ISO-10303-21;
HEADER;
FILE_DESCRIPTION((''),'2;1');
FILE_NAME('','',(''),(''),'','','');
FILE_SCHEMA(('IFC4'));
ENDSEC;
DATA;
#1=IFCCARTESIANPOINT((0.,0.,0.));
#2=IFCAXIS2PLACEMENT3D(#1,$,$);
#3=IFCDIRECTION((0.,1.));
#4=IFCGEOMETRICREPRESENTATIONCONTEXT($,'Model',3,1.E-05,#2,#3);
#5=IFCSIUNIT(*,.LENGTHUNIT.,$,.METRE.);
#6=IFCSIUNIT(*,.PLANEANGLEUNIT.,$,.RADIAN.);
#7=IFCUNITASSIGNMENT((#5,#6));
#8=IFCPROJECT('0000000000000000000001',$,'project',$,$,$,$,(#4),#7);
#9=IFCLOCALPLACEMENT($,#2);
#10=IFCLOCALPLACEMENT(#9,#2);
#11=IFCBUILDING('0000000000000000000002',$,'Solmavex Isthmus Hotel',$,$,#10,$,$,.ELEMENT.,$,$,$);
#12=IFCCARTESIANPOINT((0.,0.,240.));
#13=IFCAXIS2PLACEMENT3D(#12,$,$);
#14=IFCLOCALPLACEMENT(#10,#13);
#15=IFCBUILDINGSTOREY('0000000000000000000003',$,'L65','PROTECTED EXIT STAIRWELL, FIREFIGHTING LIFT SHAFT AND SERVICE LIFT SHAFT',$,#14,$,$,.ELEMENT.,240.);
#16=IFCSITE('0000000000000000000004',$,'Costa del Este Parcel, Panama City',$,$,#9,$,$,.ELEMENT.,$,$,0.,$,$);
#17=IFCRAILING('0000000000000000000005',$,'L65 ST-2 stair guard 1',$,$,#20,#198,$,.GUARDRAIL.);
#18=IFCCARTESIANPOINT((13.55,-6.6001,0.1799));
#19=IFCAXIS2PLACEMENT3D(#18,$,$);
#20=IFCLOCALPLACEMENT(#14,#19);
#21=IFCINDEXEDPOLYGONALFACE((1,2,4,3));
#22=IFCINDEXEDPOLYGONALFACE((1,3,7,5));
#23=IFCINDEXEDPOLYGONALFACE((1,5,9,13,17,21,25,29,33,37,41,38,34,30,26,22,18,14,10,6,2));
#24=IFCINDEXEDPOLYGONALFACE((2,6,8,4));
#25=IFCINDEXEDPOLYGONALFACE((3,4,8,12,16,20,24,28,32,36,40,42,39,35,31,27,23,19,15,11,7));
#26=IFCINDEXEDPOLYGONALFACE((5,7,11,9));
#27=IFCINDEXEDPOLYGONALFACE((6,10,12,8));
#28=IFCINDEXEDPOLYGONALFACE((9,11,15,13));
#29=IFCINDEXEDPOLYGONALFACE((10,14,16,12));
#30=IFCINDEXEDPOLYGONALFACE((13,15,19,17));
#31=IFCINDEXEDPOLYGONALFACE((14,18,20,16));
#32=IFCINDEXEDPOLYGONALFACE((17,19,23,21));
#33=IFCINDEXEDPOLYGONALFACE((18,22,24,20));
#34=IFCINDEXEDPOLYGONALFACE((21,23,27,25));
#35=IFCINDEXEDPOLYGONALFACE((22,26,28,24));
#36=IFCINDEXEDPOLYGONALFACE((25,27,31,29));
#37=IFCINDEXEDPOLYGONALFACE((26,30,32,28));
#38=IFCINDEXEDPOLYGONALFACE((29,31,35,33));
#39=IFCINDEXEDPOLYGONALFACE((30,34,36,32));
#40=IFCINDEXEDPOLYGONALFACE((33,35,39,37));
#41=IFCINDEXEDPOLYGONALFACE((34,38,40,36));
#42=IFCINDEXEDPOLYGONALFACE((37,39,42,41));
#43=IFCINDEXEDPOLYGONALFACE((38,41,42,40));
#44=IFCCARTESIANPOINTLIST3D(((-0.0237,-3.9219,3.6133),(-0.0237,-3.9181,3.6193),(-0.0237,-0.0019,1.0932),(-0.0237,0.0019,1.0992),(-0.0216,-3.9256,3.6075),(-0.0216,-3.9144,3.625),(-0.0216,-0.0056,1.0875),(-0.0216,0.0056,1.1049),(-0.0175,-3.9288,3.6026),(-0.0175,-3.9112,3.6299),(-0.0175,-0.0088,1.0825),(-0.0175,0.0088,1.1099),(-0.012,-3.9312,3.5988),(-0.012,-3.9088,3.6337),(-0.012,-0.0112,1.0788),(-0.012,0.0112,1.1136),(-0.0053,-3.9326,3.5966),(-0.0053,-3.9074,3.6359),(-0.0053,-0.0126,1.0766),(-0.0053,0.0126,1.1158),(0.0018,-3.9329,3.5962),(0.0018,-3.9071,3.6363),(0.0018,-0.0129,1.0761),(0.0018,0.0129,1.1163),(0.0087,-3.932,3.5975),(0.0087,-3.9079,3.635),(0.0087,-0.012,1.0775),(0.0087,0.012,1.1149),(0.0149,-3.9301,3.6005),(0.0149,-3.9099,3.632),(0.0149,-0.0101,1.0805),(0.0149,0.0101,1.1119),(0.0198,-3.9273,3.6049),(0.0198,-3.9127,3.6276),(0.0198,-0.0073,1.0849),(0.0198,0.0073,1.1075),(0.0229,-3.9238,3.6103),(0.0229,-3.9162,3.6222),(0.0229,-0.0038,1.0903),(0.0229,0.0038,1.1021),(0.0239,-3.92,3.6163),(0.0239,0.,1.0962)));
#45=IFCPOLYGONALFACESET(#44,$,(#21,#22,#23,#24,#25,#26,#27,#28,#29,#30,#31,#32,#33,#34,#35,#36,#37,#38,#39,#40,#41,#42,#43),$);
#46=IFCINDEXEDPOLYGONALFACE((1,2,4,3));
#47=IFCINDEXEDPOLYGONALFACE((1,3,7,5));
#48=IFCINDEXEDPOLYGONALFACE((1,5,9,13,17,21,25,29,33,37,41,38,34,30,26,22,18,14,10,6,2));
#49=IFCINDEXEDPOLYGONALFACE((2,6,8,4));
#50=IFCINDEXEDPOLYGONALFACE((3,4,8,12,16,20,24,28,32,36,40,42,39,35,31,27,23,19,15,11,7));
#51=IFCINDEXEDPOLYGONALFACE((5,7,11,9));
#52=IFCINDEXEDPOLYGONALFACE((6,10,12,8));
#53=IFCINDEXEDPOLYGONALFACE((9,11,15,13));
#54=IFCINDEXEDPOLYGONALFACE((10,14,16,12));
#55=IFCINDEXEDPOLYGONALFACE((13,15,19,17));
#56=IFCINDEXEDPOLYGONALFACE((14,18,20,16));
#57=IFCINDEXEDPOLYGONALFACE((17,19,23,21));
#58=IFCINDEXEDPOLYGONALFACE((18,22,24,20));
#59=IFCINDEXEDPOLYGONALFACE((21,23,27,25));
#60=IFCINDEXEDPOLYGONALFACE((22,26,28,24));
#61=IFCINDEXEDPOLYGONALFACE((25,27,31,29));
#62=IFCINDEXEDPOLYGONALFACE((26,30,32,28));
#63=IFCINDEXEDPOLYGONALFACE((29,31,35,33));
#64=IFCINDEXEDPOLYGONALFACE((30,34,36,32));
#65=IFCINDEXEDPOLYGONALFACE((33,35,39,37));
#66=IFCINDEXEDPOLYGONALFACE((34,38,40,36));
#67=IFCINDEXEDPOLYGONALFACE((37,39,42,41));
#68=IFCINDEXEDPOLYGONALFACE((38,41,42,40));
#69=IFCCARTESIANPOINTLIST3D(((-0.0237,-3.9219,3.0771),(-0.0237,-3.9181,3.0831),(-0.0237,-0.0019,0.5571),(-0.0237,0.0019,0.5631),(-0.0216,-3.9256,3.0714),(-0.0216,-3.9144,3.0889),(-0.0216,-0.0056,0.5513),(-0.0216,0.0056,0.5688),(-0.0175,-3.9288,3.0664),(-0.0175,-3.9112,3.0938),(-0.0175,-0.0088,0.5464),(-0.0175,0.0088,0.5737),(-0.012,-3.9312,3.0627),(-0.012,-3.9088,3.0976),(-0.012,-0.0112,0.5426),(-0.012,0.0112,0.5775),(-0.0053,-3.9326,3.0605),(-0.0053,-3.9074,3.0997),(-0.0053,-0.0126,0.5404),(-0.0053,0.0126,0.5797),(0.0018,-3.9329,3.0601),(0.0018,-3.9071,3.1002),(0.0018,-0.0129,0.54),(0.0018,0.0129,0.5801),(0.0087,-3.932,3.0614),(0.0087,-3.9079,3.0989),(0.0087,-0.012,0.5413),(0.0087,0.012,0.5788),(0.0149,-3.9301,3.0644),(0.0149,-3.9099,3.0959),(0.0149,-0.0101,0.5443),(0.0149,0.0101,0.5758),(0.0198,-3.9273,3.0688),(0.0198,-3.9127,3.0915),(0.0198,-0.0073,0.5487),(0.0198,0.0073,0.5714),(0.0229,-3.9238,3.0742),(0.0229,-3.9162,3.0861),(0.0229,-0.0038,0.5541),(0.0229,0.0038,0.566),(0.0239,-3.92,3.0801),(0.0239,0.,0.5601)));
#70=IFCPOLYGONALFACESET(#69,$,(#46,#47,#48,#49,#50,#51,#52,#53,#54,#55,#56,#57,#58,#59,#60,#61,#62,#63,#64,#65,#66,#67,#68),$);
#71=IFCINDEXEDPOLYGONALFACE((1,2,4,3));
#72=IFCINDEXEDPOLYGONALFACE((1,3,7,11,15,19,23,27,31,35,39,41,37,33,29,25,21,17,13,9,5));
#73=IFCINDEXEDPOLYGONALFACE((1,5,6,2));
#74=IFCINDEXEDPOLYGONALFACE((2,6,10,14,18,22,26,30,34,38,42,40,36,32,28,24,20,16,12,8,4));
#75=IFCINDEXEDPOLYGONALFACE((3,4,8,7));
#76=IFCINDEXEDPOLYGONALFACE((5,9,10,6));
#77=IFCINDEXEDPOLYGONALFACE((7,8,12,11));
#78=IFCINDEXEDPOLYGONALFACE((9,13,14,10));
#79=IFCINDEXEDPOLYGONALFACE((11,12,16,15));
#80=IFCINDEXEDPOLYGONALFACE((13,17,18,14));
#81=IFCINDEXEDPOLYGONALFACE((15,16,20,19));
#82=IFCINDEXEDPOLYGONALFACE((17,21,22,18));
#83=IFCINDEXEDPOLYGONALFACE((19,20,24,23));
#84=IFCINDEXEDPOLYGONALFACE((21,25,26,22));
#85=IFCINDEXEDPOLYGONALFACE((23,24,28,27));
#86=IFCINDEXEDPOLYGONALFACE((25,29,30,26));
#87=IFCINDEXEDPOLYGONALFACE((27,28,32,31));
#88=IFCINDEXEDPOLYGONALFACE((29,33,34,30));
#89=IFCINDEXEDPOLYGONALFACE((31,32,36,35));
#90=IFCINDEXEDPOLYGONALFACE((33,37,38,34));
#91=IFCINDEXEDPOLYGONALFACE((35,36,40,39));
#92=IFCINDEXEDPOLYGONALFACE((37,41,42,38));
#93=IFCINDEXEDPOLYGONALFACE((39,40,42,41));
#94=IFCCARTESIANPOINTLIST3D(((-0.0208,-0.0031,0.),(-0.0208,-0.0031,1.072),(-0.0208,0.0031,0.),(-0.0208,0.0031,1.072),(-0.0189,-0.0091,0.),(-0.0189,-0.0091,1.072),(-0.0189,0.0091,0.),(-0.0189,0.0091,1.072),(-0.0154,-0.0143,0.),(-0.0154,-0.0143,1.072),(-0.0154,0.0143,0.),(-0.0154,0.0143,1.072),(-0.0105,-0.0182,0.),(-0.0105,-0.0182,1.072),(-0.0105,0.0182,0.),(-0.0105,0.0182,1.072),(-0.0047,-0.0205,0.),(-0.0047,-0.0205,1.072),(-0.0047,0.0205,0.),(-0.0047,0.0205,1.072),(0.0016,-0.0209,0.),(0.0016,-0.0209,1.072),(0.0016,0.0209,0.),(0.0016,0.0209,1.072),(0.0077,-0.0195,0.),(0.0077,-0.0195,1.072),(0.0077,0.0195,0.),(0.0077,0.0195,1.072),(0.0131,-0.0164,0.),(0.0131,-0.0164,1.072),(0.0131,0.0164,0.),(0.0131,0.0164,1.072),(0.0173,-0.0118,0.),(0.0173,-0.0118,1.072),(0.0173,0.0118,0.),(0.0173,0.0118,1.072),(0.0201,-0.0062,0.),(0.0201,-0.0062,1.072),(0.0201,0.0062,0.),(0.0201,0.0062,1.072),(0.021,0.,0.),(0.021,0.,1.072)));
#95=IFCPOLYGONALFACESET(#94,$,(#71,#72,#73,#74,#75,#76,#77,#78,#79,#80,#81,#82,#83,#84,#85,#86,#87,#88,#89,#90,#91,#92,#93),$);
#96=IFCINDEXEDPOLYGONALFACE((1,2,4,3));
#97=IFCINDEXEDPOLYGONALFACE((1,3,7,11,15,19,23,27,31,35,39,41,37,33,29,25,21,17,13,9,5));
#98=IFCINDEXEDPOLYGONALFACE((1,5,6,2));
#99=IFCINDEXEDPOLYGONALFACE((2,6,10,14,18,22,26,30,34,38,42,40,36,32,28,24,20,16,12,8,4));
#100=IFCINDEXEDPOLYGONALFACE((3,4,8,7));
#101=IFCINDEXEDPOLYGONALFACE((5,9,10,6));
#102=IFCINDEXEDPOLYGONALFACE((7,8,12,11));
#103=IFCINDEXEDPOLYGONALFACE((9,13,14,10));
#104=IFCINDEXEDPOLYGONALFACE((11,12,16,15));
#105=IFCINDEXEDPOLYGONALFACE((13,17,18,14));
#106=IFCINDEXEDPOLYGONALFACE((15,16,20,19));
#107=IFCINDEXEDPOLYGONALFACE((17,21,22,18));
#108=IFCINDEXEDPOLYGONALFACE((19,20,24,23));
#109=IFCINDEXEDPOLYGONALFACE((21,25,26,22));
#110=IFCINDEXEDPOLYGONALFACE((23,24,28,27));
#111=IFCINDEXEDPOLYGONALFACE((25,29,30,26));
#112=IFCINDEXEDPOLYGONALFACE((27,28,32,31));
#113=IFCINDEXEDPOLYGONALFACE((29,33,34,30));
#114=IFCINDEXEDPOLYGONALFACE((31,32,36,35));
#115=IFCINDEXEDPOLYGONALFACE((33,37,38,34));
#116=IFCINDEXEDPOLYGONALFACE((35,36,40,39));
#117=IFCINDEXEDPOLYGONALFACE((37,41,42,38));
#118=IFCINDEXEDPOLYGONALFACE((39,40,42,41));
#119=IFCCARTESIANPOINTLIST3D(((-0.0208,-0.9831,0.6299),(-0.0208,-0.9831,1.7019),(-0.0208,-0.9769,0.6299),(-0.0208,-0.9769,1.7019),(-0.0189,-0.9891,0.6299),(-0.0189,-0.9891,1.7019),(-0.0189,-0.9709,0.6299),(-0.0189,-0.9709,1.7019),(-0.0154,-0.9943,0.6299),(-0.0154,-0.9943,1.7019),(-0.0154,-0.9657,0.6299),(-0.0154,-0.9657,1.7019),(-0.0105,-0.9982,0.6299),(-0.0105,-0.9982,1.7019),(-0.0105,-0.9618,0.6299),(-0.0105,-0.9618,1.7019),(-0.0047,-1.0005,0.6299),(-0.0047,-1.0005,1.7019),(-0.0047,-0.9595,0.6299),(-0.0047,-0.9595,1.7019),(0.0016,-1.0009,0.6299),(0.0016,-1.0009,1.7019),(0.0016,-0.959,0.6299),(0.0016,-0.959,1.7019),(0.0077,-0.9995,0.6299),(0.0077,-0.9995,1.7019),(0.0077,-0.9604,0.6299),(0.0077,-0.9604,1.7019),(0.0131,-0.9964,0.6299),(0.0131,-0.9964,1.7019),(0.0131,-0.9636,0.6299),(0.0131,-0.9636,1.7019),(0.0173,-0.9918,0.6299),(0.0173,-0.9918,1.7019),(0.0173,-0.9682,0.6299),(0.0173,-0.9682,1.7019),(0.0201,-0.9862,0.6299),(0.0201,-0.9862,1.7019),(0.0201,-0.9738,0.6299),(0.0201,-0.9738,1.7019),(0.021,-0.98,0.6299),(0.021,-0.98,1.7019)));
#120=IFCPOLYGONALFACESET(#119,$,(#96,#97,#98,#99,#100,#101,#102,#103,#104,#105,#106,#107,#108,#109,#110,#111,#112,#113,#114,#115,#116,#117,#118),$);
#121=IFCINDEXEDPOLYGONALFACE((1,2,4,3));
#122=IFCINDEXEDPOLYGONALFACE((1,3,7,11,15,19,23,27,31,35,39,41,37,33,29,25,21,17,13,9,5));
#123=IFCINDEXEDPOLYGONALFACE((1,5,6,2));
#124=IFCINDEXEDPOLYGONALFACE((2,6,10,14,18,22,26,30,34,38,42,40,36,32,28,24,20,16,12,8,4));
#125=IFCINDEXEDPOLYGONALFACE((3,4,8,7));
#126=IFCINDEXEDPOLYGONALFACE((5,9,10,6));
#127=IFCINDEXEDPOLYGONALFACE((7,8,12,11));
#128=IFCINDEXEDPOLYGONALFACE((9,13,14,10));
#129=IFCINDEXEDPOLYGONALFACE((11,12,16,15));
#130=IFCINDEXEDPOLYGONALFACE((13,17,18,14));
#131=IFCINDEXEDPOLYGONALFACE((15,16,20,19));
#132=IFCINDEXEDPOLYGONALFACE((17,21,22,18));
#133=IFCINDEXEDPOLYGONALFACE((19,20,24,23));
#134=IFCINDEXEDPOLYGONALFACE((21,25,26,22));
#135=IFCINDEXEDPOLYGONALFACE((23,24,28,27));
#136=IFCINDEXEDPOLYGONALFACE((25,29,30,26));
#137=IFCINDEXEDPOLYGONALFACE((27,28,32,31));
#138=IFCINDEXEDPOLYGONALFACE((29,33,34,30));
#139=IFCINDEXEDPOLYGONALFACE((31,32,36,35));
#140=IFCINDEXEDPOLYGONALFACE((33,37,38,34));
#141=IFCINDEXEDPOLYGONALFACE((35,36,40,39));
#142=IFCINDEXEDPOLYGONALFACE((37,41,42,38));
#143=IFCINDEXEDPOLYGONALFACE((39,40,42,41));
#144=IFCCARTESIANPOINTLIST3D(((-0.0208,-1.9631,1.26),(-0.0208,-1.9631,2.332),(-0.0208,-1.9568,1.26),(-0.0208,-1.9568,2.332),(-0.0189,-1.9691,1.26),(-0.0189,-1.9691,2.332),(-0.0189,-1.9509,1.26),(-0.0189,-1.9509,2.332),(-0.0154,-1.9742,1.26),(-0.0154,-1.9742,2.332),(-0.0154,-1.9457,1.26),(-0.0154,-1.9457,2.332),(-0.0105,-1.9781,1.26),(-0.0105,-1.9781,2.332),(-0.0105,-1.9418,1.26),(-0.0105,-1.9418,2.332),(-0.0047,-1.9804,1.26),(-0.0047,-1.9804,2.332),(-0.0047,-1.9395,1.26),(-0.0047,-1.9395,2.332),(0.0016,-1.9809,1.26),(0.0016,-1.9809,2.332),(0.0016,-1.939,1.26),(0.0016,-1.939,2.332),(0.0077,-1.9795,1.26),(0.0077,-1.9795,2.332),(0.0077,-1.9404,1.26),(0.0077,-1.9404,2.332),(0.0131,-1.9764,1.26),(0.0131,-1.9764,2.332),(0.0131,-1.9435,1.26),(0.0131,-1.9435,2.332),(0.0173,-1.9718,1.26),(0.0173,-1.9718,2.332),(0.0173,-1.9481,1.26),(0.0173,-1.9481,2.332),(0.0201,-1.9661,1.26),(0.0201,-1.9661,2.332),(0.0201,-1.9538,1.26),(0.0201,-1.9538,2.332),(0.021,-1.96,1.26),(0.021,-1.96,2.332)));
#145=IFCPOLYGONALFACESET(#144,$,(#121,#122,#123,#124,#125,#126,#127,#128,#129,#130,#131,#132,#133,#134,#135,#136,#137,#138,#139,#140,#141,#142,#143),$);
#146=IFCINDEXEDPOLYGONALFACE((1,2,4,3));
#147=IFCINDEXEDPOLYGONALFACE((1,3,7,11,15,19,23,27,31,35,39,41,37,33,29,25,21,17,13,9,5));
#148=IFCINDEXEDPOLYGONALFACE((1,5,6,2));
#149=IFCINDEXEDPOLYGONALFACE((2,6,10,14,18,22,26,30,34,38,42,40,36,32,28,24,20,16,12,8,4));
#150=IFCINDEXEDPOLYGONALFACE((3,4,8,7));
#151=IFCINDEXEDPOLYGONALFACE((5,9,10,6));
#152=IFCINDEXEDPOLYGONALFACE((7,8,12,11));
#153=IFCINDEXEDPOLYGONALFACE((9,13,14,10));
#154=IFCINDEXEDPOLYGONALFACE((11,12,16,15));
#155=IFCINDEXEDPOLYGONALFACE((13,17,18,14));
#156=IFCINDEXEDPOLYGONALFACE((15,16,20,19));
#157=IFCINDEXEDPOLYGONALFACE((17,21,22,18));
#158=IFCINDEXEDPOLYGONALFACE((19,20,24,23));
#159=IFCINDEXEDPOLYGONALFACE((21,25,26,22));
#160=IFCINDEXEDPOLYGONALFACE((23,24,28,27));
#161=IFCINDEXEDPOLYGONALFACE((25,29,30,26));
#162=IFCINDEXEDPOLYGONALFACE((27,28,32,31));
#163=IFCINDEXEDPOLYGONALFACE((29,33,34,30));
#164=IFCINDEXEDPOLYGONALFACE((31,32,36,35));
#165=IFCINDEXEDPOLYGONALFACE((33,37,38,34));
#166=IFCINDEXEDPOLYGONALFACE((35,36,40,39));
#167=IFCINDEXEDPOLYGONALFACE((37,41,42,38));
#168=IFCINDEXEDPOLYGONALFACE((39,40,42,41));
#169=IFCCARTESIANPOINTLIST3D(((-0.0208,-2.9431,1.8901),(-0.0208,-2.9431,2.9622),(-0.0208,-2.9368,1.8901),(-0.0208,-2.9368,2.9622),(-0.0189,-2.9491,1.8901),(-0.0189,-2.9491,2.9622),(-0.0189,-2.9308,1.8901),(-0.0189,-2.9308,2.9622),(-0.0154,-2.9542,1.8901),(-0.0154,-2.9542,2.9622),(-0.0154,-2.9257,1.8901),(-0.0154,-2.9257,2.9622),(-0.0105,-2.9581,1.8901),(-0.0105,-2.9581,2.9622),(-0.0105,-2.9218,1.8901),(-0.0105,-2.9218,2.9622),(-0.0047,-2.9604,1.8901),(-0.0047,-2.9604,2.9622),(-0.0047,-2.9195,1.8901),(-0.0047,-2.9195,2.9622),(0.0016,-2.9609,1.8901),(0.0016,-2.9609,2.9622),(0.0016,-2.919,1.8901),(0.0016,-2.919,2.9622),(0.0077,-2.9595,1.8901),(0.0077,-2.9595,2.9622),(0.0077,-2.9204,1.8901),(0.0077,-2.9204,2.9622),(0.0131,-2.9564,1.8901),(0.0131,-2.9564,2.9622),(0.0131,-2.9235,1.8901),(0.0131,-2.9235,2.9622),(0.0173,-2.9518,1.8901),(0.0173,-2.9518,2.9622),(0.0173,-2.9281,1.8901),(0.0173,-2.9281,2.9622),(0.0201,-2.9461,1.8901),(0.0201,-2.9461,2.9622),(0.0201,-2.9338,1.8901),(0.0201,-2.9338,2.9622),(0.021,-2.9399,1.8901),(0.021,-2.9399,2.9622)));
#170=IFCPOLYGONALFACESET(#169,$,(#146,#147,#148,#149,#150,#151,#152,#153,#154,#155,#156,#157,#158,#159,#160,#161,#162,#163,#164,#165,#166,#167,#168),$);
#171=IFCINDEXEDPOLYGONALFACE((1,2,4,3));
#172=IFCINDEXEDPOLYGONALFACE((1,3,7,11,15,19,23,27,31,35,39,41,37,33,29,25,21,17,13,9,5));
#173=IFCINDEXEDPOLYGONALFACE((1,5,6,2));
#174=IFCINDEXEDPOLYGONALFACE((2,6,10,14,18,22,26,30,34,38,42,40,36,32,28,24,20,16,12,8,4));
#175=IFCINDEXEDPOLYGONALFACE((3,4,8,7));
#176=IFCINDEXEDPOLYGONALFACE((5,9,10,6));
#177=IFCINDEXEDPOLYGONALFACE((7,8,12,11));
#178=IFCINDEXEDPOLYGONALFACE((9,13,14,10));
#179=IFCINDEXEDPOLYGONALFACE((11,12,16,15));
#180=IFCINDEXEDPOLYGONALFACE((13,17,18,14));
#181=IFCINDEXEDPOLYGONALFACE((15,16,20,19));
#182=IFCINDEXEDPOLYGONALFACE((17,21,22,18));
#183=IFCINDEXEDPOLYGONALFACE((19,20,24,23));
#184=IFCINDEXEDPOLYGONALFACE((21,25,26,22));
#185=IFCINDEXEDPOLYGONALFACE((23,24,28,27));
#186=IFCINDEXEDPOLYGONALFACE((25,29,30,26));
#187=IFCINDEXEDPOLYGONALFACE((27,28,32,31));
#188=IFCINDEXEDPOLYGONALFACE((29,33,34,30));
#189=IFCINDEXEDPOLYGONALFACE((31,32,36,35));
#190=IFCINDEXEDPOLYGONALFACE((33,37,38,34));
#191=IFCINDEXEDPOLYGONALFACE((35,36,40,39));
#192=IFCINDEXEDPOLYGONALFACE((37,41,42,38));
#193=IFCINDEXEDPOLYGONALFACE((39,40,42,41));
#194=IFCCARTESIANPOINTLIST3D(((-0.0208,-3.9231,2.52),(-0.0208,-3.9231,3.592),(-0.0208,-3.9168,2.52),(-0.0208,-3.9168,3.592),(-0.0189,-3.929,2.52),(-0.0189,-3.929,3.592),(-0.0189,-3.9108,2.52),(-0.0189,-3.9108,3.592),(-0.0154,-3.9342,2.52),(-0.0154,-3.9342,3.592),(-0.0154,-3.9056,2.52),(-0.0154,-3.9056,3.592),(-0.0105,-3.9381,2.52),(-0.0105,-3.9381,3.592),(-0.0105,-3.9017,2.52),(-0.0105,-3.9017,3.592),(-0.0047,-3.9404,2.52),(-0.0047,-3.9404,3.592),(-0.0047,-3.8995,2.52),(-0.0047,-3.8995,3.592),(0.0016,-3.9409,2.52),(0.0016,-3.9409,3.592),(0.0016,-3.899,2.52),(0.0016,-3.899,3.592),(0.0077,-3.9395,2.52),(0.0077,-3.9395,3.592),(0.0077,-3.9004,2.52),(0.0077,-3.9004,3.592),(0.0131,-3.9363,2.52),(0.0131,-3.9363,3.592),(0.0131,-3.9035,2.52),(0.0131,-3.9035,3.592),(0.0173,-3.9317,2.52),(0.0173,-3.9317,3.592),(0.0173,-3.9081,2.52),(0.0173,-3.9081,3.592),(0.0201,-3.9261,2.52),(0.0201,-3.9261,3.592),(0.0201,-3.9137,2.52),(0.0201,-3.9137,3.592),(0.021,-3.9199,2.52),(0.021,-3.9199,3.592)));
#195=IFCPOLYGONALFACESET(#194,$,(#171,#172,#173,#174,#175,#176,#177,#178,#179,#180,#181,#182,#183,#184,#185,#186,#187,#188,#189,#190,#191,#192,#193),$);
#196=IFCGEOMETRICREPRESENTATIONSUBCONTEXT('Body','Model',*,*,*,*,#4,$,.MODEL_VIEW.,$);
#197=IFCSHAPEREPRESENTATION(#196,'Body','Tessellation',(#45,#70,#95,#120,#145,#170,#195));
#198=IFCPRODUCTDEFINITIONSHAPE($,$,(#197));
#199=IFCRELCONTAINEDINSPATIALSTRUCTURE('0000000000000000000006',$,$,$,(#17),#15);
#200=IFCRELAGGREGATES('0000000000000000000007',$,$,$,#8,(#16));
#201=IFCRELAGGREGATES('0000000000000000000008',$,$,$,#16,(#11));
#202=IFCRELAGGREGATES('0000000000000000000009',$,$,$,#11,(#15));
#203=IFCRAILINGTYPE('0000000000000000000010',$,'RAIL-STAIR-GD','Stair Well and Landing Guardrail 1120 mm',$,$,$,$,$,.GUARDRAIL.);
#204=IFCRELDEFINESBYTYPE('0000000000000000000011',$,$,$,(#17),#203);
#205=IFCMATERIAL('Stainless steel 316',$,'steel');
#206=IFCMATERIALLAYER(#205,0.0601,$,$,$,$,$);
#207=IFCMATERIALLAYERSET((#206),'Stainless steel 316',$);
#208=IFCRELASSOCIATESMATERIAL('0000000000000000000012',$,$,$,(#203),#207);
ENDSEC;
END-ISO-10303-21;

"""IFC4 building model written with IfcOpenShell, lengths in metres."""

from ifc_helpers import new_model, si_unit, direction, frame, origin, origin_2d, place, context, subcontext, project, spatial, circle, extrude, material, layer, layer_set, type_object, element, save


model = new_model("IFC4")

# Units and contexts
model_context = context("Model", 3, precision=1e-05, world=origin(), true_north=direction((0.0, 1.0)))
body_context = subcontext(model_context, "Body", "Model", "MODEL_VIEW")
ifc_project = project(units=[si_unit("LENGTHUNIT", "METRE"), si_unit("PLANEANGLEUNIT", "RADIAN")], contexts=[model_context])

# Site, building, storey
site_placement = place(None, origin())
site = spatial("IfcSite", under=ifc_project, at=site_placement, Name="Costa del Este Parcel, Panama City", CompositionType="ELEMENT", RefElevation=0.0)
building_placement = place(site_placement, origin())
building = spatial("IfcBuilding", under=site, at=building_placement, Name="Solmavex Isthmus Hotel", CompositionType="ELEMENT")
storey_placement = place(building_placement, frame((0.0, 0.0, 240.0)))
storey = spatial("IfcBuildingStorey", under=building, at=storey_placement, Name="L65", Description="PROTECTED EXIT STAIRWELL, FIREFIGHTING LIFT SHAFT AND SERVICE LIFT SHAFT", CompositionType="ELEMENT", Elevation=240.0)

# Railing
ifc_material_1 = material(Name="Stainless steel 316", Category="steel")
ifc_layer_1 = layer(ifc_material_1, 0.0601)
ifc_layer_set_1 = layer_set([ifc_layer_1], Name="Stainless steel 316")
railing_type_1 = type_object("IfcRailingType", Name="RAIL-STAIR-GD", Description="Stair Well and Landing Guardrail 1120 mm", PredefinedType="GUARDRAIL", material=ifc_layer_set_1)
railing_1_placement = place(storey_placement, frame((13.55, -6.6001, 0.1799)))
element("IfcRailing", 1, at=railing_1_placement, inside=storey, type_object=railing_type_1, Name="L65 ST-2 stair guard 1", PredefinedType="GUARDRAIL", context=body_context, shape_type="SweptSolid", body=[
    extrude(circle(Radius=0.0239, at=origin_2d()), frame((0.0, 0.0, 1.0962), z_axis=(0.0, -0.841172, 0.540768), x_axis=(1.0, 0.0, 0.0)), (0.0, 0.0, 1.0), 4.6602),
    extrude(circle(Radius=0.0239, at=origin_2d()), frame((0.0, 0.0, 0.5601), z_axis=(0.0, -0.841172, 0.540768), x_axis=(1.0, 0.0, 0.0)), (0.0, 0.0, 1.0), 4.6602),
    extrude(circle(Radius=0.021, at=origin_2d()), origin(), (0.0, 0.0, 1.0), 1.072),
    extrude(circle(Radius=0.021, at=origin_2d()), frame((0.0, -0.98, 0.6299)), (0.0, 0.0, 1.0), 1.072),
    extrude(circle(Radius=0.021, at=origin_2d()), frame((0.0, -1.96, 1.26)), (0.0, 0.0, 1.0), 1.072),
    extrude(circle(Radius=0.021, at=origin_2d()), frame((0.0, -2.9399, 1.8901)), (0.0, 0.0, 1.0), 1.072),
    extrude(circle(Radius=0.021, at=origin_2d()), frame((0.0, -3.9199, 2.52)), (0.0, 0.0, 1.0), 1.072),
])

save(model, "model.ifc")
